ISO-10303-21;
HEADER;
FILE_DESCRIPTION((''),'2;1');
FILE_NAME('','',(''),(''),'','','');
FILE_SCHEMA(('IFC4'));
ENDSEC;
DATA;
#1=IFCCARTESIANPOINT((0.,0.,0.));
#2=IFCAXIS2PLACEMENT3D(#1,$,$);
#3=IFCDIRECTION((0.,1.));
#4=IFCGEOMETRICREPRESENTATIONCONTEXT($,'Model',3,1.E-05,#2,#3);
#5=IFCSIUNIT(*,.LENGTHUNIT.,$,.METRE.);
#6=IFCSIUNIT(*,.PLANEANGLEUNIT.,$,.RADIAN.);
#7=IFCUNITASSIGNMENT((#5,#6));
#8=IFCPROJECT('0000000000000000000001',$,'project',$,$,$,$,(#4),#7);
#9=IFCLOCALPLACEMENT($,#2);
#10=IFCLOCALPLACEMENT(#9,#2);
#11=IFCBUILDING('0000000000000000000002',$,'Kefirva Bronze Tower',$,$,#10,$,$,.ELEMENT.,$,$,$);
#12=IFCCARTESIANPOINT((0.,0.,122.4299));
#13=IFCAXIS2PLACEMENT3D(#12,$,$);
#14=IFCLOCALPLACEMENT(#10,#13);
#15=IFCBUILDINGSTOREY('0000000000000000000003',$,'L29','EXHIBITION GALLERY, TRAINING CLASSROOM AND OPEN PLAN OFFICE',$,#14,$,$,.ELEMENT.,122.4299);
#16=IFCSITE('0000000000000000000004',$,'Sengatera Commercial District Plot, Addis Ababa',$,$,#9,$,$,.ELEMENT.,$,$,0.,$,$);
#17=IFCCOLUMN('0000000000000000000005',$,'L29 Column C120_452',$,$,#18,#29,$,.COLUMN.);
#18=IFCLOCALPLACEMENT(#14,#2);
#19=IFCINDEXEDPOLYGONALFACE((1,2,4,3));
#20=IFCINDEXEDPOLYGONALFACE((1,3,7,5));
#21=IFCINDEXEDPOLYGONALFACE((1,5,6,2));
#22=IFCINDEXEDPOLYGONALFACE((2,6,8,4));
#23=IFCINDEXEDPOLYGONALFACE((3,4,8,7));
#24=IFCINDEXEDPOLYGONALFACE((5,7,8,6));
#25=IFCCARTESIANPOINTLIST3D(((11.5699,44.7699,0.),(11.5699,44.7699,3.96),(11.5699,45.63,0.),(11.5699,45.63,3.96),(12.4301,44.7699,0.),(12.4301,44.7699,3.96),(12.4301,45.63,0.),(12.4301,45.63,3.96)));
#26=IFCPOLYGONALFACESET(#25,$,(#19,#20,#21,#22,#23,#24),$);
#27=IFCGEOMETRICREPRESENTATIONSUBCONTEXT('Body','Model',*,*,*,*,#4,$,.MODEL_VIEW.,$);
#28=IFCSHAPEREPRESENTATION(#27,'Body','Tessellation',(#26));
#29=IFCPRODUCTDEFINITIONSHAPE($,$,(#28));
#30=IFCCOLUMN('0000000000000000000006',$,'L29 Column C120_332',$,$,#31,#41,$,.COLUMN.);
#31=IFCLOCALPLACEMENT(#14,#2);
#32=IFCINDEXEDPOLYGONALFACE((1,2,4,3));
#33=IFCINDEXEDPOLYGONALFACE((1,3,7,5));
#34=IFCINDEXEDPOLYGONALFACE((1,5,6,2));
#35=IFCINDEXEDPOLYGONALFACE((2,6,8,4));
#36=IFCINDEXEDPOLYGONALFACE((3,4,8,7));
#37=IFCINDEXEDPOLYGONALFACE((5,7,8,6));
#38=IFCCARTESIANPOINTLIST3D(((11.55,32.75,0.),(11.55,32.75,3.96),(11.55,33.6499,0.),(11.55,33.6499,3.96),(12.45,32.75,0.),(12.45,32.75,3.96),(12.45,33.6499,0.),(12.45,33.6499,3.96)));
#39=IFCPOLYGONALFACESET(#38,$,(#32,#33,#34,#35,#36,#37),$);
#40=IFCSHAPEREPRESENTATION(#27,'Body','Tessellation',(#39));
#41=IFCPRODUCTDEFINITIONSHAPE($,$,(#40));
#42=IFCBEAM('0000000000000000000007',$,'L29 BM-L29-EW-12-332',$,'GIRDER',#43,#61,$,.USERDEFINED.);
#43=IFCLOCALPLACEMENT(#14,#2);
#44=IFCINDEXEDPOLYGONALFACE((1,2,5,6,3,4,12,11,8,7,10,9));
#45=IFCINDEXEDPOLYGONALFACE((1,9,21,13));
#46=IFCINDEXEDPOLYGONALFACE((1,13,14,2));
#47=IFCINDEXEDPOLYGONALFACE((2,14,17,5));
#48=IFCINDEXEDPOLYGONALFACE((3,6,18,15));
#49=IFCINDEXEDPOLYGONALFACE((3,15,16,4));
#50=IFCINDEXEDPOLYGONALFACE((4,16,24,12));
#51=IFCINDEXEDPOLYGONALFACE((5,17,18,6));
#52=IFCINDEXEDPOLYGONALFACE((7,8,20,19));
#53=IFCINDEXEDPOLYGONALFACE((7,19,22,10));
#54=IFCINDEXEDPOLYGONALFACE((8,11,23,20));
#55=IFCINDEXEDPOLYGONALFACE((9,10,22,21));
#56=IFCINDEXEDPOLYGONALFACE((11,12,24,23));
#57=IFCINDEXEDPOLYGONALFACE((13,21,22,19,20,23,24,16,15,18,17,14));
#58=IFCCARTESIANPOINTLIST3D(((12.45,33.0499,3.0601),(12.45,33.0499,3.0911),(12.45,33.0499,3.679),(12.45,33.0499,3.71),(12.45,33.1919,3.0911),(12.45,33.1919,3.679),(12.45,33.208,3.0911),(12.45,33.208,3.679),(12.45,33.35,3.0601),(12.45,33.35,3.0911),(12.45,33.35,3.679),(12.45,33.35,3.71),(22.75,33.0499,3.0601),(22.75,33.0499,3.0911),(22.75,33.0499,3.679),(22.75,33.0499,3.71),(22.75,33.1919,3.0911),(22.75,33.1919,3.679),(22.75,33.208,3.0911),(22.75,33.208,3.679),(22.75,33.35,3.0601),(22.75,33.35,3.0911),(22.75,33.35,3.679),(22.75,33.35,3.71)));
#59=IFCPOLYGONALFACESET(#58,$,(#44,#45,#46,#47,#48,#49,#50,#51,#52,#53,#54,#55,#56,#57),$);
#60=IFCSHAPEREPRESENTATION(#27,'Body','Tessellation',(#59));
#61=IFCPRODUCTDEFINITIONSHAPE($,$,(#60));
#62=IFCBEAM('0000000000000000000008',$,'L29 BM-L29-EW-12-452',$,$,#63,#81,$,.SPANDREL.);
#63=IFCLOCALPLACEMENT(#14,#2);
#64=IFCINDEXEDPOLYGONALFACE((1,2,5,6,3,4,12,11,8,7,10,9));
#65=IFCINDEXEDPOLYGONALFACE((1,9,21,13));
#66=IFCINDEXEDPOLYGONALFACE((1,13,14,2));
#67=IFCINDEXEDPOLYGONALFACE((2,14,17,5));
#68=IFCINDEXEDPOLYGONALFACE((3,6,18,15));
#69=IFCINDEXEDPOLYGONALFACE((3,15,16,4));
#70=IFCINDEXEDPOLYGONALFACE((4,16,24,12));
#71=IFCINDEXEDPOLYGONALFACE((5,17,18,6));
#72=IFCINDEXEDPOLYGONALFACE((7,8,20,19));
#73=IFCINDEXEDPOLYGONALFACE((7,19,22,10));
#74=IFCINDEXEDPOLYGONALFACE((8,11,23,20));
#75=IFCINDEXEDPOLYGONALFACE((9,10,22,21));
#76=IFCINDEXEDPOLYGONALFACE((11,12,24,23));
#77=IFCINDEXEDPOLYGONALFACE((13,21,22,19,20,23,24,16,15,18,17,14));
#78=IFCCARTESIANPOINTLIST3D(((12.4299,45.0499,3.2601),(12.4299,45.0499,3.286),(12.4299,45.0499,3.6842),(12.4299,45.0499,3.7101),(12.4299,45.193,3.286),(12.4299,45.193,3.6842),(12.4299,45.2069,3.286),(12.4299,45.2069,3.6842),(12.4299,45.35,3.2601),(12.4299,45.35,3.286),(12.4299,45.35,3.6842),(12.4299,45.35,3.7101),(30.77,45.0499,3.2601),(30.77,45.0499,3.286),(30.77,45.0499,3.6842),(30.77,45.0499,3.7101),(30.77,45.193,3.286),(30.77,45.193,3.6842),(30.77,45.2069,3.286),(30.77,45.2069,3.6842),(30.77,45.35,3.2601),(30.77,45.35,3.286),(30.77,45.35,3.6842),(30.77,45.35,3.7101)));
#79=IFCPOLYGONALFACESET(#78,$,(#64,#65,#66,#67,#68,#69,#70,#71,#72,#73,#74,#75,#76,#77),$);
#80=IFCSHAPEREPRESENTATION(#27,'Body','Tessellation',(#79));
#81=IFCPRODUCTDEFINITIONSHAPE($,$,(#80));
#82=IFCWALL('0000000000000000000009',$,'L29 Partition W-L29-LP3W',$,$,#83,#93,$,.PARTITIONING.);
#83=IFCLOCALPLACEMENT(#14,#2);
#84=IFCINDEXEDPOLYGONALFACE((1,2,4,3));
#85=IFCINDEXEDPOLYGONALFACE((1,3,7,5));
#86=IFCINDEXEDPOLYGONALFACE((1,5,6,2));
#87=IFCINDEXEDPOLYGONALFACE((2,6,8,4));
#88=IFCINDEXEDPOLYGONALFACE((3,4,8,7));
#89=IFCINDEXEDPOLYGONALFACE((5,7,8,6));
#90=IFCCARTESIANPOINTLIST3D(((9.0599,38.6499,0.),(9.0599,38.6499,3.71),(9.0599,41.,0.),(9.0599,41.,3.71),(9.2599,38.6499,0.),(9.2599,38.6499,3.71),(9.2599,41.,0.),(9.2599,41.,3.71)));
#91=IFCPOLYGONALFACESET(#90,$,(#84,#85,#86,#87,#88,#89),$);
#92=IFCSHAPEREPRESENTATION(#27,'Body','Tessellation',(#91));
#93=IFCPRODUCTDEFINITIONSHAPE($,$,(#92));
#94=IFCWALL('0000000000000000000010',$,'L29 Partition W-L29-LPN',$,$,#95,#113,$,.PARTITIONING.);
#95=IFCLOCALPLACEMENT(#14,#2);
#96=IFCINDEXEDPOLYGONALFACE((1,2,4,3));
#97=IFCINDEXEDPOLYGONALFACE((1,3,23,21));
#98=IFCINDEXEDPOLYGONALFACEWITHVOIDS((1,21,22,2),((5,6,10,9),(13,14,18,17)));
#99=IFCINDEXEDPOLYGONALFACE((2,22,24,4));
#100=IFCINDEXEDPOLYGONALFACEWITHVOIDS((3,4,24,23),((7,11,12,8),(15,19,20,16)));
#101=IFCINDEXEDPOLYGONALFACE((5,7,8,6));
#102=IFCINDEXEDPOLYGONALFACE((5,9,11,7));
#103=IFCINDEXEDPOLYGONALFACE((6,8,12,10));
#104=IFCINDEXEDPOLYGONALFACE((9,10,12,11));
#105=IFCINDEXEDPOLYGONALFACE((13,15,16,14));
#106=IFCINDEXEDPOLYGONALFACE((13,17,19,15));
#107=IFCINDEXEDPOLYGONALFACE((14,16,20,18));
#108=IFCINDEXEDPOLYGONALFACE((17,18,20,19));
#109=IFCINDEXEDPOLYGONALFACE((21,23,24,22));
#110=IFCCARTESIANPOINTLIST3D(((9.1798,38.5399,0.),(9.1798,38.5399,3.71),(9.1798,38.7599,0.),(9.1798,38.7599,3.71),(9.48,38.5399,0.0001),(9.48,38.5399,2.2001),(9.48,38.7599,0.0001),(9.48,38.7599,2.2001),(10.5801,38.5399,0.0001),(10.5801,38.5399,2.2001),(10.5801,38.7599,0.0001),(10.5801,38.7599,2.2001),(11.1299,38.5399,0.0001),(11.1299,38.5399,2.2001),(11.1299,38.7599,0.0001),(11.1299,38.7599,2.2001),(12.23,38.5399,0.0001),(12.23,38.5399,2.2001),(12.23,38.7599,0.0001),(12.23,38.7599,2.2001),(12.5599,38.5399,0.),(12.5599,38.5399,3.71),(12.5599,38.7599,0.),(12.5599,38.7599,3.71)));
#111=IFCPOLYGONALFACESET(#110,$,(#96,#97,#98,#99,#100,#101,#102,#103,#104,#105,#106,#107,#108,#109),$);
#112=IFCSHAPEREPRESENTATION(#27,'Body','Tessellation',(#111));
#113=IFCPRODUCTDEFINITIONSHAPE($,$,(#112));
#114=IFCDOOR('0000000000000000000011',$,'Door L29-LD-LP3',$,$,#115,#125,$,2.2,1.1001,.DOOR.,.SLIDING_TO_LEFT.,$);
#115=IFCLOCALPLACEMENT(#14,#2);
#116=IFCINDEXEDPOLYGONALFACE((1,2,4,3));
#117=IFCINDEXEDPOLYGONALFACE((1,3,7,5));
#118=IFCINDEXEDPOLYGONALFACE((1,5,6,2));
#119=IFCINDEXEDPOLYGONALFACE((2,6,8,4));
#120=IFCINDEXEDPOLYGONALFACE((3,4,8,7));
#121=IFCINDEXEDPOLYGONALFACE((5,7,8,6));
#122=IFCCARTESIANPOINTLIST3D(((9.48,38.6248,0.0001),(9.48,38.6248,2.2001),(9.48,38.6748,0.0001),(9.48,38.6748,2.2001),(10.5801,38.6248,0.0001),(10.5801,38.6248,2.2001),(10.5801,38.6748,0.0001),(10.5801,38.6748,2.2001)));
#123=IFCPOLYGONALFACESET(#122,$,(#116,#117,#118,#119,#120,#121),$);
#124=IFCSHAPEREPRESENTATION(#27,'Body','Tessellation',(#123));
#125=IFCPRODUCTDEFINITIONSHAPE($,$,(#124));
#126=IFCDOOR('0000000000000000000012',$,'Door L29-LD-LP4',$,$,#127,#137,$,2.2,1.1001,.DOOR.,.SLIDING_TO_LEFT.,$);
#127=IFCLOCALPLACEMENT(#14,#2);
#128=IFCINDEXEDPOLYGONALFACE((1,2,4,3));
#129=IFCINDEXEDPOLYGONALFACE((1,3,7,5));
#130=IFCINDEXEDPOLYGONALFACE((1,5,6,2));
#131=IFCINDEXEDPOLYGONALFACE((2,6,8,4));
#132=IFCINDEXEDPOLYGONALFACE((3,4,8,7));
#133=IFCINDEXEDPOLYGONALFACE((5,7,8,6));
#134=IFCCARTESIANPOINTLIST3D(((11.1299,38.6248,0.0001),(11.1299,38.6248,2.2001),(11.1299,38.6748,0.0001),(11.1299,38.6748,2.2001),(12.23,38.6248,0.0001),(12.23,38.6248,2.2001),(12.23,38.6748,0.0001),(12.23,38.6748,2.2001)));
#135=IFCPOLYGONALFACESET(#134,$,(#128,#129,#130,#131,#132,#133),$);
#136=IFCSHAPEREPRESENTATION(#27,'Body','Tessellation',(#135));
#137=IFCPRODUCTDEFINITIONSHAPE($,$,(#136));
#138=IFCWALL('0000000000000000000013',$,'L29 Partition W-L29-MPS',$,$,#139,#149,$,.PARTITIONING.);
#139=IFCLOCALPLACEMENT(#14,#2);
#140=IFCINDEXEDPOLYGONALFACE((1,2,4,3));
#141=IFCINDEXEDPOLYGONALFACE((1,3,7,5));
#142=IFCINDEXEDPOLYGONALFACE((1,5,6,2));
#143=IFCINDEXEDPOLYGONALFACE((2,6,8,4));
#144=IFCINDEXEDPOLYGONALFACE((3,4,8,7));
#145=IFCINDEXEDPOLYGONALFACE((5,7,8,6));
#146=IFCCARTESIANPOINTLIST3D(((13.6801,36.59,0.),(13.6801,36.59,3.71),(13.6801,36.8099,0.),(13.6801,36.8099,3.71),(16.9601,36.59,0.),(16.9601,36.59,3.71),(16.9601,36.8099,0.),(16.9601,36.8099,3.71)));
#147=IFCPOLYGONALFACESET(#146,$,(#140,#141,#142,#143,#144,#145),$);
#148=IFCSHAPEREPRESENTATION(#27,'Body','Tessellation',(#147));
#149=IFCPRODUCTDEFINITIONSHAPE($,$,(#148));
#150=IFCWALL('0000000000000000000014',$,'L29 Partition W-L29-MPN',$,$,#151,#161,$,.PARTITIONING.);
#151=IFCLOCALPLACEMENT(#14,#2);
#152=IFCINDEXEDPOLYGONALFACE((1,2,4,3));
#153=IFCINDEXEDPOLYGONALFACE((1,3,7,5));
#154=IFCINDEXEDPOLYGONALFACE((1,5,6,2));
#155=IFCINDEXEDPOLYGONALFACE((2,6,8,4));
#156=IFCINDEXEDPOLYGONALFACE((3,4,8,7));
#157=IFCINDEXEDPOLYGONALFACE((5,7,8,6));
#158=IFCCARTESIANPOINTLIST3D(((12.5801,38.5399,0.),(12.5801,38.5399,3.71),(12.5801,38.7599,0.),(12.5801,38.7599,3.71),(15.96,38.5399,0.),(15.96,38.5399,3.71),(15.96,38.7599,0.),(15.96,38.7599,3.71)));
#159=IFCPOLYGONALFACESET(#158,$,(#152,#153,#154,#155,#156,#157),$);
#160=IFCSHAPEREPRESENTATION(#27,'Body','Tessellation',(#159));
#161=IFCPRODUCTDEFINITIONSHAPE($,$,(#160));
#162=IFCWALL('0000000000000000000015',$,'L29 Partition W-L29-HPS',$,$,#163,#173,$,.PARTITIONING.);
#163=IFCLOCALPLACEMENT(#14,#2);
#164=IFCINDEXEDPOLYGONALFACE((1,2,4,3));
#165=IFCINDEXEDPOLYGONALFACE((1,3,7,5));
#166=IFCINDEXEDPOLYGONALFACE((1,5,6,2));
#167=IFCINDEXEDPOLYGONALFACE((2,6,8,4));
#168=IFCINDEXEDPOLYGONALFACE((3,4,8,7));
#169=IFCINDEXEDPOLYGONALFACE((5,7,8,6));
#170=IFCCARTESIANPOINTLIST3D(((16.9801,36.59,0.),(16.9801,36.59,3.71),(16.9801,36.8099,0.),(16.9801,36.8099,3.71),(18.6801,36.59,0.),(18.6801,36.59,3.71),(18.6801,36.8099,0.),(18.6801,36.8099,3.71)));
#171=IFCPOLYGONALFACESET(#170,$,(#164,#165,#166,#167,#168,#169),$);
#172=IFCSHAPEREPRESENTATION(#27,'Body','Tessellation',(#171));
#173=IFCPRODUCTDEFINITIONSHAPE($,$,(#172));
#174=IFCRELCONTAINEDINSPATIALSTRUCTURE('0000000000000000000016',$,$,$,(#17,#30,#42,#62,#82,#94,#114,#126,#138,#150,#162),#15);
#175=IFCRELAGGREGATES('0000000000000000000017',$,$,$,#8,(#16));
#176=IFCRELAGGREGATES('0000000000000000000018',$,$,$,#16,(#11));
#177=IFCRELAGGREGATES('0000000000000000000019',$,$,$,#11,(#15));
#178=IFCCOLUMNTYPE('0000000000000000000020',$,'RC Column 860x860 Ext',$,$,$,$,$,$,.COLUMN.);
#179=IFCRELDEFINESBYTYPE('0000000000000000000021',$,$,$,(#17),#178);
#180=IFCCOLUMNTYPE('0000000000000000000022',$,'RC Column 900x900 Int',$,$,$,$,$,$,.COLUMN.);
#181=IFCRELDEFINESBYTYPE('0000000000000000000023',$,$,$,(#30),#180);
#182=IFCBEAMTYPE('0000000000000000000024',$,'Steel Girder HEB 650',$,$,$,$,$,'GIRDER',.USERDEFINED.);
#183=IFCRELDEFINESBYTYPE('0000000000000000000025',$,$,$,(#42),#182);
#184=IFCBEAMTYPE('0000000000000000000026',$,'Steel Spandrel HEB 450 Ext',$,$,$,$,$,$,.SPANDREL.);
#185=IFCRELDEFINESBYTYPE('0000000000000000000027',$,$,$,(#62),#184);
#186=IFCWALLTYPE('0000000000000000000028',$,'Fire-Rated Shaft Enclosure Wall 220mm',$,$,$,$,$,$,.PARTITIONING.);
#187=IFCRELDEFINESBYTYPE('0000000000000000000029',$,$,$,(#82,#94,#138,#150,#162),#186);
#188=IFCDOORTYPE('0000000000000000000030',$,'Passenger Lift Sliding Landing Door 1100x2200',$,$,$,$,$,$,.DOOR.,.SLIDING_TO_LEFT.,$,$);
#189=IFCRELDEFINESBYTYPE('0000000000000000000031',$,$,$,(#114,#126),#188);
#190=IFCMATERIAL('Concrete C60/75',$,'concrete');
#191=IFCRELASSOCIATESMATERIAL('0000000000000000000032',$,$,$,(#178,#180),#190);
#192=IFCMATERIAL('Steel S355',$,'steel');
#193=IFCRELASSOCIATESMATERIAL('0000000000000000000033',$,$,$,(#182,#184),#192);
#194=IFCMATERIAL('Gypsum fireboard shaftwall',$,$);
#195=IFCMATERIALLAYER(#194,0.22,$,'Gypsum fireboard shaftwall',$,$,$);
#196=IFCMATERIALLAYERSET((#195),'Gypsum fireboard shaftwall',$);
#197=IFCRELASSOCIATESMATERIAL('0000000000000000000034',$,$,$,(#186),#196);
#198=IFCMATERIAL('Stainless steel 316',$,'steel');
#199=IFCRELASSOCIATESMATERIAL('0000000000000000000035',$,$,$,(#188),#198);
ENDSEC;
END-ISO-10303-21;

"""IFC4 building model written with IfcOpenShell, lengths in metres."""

from ifc_helpers import new_model, si_unit, direction, frame, frame_2d, origin, origin_2d, place, context, subcontext, project, spatial, rectangle, i_section, extrude, material, layer, layer_set, material_profile, profile_set, type_object, element, fill, save


model = new_model("IFC4")

# Units and contexts
model_context = context("Model", 3, precision=1e-05, world=origin(), true_north=direction((0.0, 1.0)))
body_context = subcontext(model_context, "Body", "Model", "MODEL_VIEW")
ifc_project = project(units=[si_unit("LENGTHUNIT", "METRE"), si_unit("PLANEANGLEUNIT", "RADIAN")], contexts=[model_context])

# Site, building, storey
site_placement = place(None, origin())
site = spatial("IfcSite", under=ifc_project, at=site_placement, Name="Sengatera Commercial District Plot, Addis Ababa", CompositionType="ELEMENT", RefElevation=0.0)
building_placement = place(site_placement, origin())
building = spatial("IfcBuilding", under=site, at=building_placement, Name="Kefirva Bronze Tower", CompositionType="ELEMENT")
storey_placement = place(building_placement, frame((0.0, 0.0, 122.4299)))
storey = spatial("IfcBuildingStorey", under=building, at=storey_placement, Name="L29", Description="EXHIBITION GALLERY, TRAINING CLASSROOM AND OPEN PLAN OFFICE", CompositionType="ELEMENT", Elevation=122.4299)

# Columns
ifc_material_1 = material(Name="Concrete C60/75", Category="concrete")
ifc_material_profile_1 = material_profile(ifc_material_1, rectangle(XDim=0.8601, YDim=0.8601, at=origin_2d()), Name="RC 860x860")
ifc_profile_set_1 = profile_set([ifc_material_profile_1], Name="Concrete C60/75")
column_type_1 = type_object("IfcColumnType", Name="RC Column 860x860 Ext", PredefinedType="COLUMN", material=ifc_profile_set_1)
column_1_placement = place(storey_placement, frame((12.0, 45.2, 0.0), z_axis=(0.0, 0.0, 1.0), x_axis=(1.0, 0.0, 0.0)))
element("IfcColumn", 1, at=column_1_placement, inside=storey, type_object=column_type_1, Name="L29 Column C120_452", PredefinedType="COLUMN", context=body_context, shape_type="SweptSolid", body=[
    extrude(rectangle(XDim=0.8601, YDim=0.8601, at=origin_2d()), origin(), (0.0, 0.0, 1.0), 3.96),
])
ifc_material_profile_2 = material_profile(ifc_material_1, rectangle(XDim=0.8999, YDim=0.8999, at=origin_2d()), Name="RC 900x900")
ifc_profile_set_2 = profile_set([ifc_material_profile_2], Name="Concrete C60/75")
column_type_2 = type_object("IfcColumnType", Name="RC Column 900x900 Int", PredefinedType="COLUMN", material=ifc_profile_set_2)
column_2_placement = place(storey_placement, frame((12.0, 33.2, 0.0), z_axis=(0.0, 0.0, 1.0), x_axis=(1.0, 0.0, 0.0)))
element("IfcColumn", 2, at=column_2_placement, inside=storey, type_object=column_type_2, Name="L29 Column C120_332", PredefinedType="COLUMN", context=body_context, shape_type="SweptSolid", body=[
    extrude(rectangle(XDim=0.8999, YDim=0.8999, at=origin_2d()), origin(), (0.0, 0.0, 1.0), 3.96),
])

# Beams
ifc_material_2 = material(Name="Steel S355", Category="steel")
ifc_material_profile_3 = material_profile(ifc_material_2, i_section(OverallWidth=0.3, OverallDepth=0.6499, WebThickness=0.0161, FlangeThickness=0.031, at=origin_2d()), Name="HEB 650")
ifc_profile_set_3 = profile_set([ifc_material_profile_3], Name="Steel S355")
beam_type_1 = type_object("IfcBeamType", Name="Steel Girder HEB 650", ElementType="GIRDER", PredefinedType="USERDEFINED", material=ifc_profile_set_3)
beam_1_placement = place(storey_placement, frame((12.45, 33.2, 3.385), z_axis=(1.0, 0.0, 0.0), x_axis=(0.0, 1.0, 0.0)))
element("IfcBeam", 3, at=beam_1_placement, inside=storey, type_object=beam_type_1, Name="L29 BM-L29-EW-12-332", ObjectType="GIRDER", PredefinedType="USERDEFINED", context=body_context, shape_type="SweptSolid", body=[
    extrude(i_section(OverallWidth=0.3, OverallDepth=0.6499, WebThickness=0.0161, FlangeThickness=0.031, at=origin_2d()), origin(), (0.0, 0.0, 1.0), 10.3),
])
ifc_material_profile_4 = material_profile(ifc_material_2, i_section(OverallWidth=0.3, OverallDepth=0.45, WebThickness=0.0139, FlangeThickness=0.0259, at=origin_2d()), Name="HEB 450")
ifc_profile_set_4 = profile_set([ifc_material_profile_4], Name="Steel S355")
beam_type_2 = type_object("IfcBeamType", Name="Steel Spandrel HEB 450 Ext", PredefinedType="SPANDREL", material=ifc_profile_set_4)
beam_2_placement = place(storey_placement, frame((12.4299, 45.2, 3.4851), z_axis=(1.0, 0.0, 0.0), x_axis=(0.0, 1.0, 0.0)))
element("IfcBeam", 4, at=beam_2_placement, inside=storey, type_object=beam_type_2, Name="L29 BM-L29-EW-12-452", PredefinedType="SPANDREL", context=body_context, shape_type="SweptSolid", body=[
    extrude(i_section(OverallWidth=0.3, OverallDepth=0.45, WebThickness=0.0139, FlangeThickness=0.0259, at=origin_2d()), origin(), (0.0, 0.0, 1.0), 18.3401),
])

# Wall
ifc_material_3 = material(Name="Gypsum fireboard shaftwall")
ifc_layer_1 = layer(ifc_material_3, 0.22, Name="Gypsum fireboard shaftwall")
ifc_layer_set_1 = layer_set([ifc_layer_1], Name="Gypsum fireboard shaftwall")
wall_type_1 = type_object("IfcWallType", Name="Fire-Rated Shaft Enclosure Wall 220mm", PredefinedType="PARTITIONING", material=ifc_layer_set_1)
wall_1_placement = place(storey_placement, frame((9.1599, 38.6499, 0.0), z_axis=(0.0, 0.0, 1.0), x_axis=(0.0, 1.0, 0.0)))
element("IfcWall", 5, at=wall_1_placement, inside=storey, type_object=wall_type_1, Name="L29 Partition W-L29-LP3W", PredefinedType="PARTITIONING", context=body_context, shape_type="SweptSolid", body=[
    extrude(rectangle(XDim=2.3501, YDim=0.2, at=frame_2d((1.175, 0.0))), origin(), (0.0, 0.0, 1.0), 3.71),
])

# Wall, openings, doors
wall_2_placement = place(storey_placement, frame((9.1799, 38.6499, 0.0), z_axis=(0.0, 0.0, 1.0), x_axis=(1.0, 0.0, 0.0)))
wall_2 = element("IfcWall", 6, at=wall_2_placement, inside=storey, type_object=wall_type_1, Name="L29 Partition W-L29-LPN", PredefinedType="PARTITIONING", context=body_context, shape_type="SweptSolid", body=[
    extrude(rectangle(XDim=3.3801, YDim=0.22, at=frame_2d((1.6899, 0.0))), origin(), (0.0, 0.0, 1.0), 3.71),
])
opening_1_placement = place(wall_2_placement, frame((0.3, 0.0, 0.0)))
opening_1 = element("IfcOpeningElement", 7, at=opening_1_placement, cuts=wall_2, PredefinedType="OPENING", context=body_context, shape_type="SweptSolid", body=[
    extrude(rectangle(XDim=1.1001, YDim=2.2, at=frame_2d((0.55, 1.1001))), frame((0.0, 0.1201, 0.0), z_axis=(0.0, -1.0, 0.0), x_axis=(1.0, 0.0, 0.0)), (0.0, 0.0, 1.0), 0.24),
])
opening_2_placement = place(wall_2_placement, frame((1.95, 0.0, 0.0)))
opening_2 = element("IfcOpeningElement", 8, at=opening_2_placement, cuts=wall_2, PredefinedType="OPENING", context=body_context, shape_type="SweptSolid", body=[
    extrude(rectangle(XDim=1.1001, YDim=2.2, at=frame_2d((0.55, 1.1001))), frame((0.0, 0.1201, 0.0), z_axis=(0.0, -1.0, 0.0), x_axis=(1.0, 0.0, 0.0)), (0.0, 0.0, 1.0), 0.24),
])
ifc_material_4 = material(Name="Stainless steel 316", Category="steel")
door_type = type_object("IfcDoorType", Name="Passenger Lift Sliding Landing Door 1100x2200", OperationType="SLIDING_TO_LEFT", PredefinedType="DOOR", material=ifc_material_4)
door_1_placement = place(opening_1_placement, origin())
door_1 = element("IfcDoor", 9, at=door_1_placement, inside=storey, type_object=door_type, Name="Door L29-LD-LP3", OperationType="SLIDING_TO_LEFT", OverallHeight=2.2, OverallWidth=1.1001, PredefinedType="DOOR", context=body_context, shape_type="SweptSolid", body=[
    extrude(rectangle(XDim=1.1001, YDim=2.2, at=frame_2d((0.55, 1.1001))), frame((0.0, 0.0249, 0.0), z_axis=(0.0, -1.0, 0.0), x_axis=(1.0, 0.0, 0.0)), (0.0, 0.0, 1.0), 0.05),
])
fill(opening_1, door_1)
door_2_placement = place(opening_2_placement, origin())
door_2 = element("IfcDoor", 10, at=door_2_placement, inside=storey, type_object=door_type, Name="Door L29-LD-LP4", OperationType="SLIDING_TO_LEFT", OverallHeight=2.2, OverallWidth=1.1001, PredefinedType="DOOR", context=body_context, shape_type="SweptSolid", body=[
    extrude(rectangle(XDim=1.1001, YDim=2.2, at=frame_2d((0.55, 1.1001))), frame((0.0, 0.0249, 0.0), z_axis=(0.0, -1.0, 0.0), x_axis=(1.0, 0.0, 0.0)), (0.0, 0.0, 1.0), 0.05),
])
fill(opening_2, door_2)

# Walls
wall_3_placement = place(storey_placement, frame((13.6799, 36.7, 0.0), z_axis=(0.0, 0.0, 1.0), x_axis=(1.0, 0.0, 0.0)))
element("IfcWall", 11, at=wall_3_placement, inside=storey, type_object=wall_type_1, Name="L29 Partition W-L29-MPS", PredefinedType="PARTITIONING", context=body_context, shape_type="SweptSolid", body=[
    extrude(rectangle(XDim=3.28, YDim=0.22, at=frame_2d((1.6401, 0.0))), origin(), (0.0, 0.0, 1.0), 3.71),
])
wall_4_placement = place(storey_placement, frame((12.5801, 38.6499, 0.0), z_axis=(0.0, 0.0, 1.0), x_axis=(1.0, 0.0, 0.0)))
element("IfcWall", 12, at=wall_4_placement, inside=storey, type_object=wall_type_1, Name="L29 Partition W-L29-MPN", PredefinedType="PARTITIONING", context=body_context, shape_type="SweptSolid", body=[
    extrude(rectangle(XDim=3.3799, YDim=0.22, at=frame_2d((1.6899, 0.0))), origin(), (0.0, 0.0, 1.0), 3.71),
])
wall_5_placement = place(storey_placement, frame((16.98, 36.7, 0.0), z_axis=(0.0, 0.0, 1.0), x_axis=(1.0, 0.0, 0.0)))
element("IfcWall", 13, at=wall_5_placement, inside=storey, type_object=wall_type_1, Name="L29 Partition W-L29-HPS", PredefinedType="PARTITIONING", context=body_context, shape_type="SweptSolid", body=[
    extrude(rectangle(XDim=1.7, YDim=0.22, at=frame_2d((0.8501, 0.0))), origin(), (0.0, 0.0, 1.0), 3.71),
])

save(model, "model.ifc")
